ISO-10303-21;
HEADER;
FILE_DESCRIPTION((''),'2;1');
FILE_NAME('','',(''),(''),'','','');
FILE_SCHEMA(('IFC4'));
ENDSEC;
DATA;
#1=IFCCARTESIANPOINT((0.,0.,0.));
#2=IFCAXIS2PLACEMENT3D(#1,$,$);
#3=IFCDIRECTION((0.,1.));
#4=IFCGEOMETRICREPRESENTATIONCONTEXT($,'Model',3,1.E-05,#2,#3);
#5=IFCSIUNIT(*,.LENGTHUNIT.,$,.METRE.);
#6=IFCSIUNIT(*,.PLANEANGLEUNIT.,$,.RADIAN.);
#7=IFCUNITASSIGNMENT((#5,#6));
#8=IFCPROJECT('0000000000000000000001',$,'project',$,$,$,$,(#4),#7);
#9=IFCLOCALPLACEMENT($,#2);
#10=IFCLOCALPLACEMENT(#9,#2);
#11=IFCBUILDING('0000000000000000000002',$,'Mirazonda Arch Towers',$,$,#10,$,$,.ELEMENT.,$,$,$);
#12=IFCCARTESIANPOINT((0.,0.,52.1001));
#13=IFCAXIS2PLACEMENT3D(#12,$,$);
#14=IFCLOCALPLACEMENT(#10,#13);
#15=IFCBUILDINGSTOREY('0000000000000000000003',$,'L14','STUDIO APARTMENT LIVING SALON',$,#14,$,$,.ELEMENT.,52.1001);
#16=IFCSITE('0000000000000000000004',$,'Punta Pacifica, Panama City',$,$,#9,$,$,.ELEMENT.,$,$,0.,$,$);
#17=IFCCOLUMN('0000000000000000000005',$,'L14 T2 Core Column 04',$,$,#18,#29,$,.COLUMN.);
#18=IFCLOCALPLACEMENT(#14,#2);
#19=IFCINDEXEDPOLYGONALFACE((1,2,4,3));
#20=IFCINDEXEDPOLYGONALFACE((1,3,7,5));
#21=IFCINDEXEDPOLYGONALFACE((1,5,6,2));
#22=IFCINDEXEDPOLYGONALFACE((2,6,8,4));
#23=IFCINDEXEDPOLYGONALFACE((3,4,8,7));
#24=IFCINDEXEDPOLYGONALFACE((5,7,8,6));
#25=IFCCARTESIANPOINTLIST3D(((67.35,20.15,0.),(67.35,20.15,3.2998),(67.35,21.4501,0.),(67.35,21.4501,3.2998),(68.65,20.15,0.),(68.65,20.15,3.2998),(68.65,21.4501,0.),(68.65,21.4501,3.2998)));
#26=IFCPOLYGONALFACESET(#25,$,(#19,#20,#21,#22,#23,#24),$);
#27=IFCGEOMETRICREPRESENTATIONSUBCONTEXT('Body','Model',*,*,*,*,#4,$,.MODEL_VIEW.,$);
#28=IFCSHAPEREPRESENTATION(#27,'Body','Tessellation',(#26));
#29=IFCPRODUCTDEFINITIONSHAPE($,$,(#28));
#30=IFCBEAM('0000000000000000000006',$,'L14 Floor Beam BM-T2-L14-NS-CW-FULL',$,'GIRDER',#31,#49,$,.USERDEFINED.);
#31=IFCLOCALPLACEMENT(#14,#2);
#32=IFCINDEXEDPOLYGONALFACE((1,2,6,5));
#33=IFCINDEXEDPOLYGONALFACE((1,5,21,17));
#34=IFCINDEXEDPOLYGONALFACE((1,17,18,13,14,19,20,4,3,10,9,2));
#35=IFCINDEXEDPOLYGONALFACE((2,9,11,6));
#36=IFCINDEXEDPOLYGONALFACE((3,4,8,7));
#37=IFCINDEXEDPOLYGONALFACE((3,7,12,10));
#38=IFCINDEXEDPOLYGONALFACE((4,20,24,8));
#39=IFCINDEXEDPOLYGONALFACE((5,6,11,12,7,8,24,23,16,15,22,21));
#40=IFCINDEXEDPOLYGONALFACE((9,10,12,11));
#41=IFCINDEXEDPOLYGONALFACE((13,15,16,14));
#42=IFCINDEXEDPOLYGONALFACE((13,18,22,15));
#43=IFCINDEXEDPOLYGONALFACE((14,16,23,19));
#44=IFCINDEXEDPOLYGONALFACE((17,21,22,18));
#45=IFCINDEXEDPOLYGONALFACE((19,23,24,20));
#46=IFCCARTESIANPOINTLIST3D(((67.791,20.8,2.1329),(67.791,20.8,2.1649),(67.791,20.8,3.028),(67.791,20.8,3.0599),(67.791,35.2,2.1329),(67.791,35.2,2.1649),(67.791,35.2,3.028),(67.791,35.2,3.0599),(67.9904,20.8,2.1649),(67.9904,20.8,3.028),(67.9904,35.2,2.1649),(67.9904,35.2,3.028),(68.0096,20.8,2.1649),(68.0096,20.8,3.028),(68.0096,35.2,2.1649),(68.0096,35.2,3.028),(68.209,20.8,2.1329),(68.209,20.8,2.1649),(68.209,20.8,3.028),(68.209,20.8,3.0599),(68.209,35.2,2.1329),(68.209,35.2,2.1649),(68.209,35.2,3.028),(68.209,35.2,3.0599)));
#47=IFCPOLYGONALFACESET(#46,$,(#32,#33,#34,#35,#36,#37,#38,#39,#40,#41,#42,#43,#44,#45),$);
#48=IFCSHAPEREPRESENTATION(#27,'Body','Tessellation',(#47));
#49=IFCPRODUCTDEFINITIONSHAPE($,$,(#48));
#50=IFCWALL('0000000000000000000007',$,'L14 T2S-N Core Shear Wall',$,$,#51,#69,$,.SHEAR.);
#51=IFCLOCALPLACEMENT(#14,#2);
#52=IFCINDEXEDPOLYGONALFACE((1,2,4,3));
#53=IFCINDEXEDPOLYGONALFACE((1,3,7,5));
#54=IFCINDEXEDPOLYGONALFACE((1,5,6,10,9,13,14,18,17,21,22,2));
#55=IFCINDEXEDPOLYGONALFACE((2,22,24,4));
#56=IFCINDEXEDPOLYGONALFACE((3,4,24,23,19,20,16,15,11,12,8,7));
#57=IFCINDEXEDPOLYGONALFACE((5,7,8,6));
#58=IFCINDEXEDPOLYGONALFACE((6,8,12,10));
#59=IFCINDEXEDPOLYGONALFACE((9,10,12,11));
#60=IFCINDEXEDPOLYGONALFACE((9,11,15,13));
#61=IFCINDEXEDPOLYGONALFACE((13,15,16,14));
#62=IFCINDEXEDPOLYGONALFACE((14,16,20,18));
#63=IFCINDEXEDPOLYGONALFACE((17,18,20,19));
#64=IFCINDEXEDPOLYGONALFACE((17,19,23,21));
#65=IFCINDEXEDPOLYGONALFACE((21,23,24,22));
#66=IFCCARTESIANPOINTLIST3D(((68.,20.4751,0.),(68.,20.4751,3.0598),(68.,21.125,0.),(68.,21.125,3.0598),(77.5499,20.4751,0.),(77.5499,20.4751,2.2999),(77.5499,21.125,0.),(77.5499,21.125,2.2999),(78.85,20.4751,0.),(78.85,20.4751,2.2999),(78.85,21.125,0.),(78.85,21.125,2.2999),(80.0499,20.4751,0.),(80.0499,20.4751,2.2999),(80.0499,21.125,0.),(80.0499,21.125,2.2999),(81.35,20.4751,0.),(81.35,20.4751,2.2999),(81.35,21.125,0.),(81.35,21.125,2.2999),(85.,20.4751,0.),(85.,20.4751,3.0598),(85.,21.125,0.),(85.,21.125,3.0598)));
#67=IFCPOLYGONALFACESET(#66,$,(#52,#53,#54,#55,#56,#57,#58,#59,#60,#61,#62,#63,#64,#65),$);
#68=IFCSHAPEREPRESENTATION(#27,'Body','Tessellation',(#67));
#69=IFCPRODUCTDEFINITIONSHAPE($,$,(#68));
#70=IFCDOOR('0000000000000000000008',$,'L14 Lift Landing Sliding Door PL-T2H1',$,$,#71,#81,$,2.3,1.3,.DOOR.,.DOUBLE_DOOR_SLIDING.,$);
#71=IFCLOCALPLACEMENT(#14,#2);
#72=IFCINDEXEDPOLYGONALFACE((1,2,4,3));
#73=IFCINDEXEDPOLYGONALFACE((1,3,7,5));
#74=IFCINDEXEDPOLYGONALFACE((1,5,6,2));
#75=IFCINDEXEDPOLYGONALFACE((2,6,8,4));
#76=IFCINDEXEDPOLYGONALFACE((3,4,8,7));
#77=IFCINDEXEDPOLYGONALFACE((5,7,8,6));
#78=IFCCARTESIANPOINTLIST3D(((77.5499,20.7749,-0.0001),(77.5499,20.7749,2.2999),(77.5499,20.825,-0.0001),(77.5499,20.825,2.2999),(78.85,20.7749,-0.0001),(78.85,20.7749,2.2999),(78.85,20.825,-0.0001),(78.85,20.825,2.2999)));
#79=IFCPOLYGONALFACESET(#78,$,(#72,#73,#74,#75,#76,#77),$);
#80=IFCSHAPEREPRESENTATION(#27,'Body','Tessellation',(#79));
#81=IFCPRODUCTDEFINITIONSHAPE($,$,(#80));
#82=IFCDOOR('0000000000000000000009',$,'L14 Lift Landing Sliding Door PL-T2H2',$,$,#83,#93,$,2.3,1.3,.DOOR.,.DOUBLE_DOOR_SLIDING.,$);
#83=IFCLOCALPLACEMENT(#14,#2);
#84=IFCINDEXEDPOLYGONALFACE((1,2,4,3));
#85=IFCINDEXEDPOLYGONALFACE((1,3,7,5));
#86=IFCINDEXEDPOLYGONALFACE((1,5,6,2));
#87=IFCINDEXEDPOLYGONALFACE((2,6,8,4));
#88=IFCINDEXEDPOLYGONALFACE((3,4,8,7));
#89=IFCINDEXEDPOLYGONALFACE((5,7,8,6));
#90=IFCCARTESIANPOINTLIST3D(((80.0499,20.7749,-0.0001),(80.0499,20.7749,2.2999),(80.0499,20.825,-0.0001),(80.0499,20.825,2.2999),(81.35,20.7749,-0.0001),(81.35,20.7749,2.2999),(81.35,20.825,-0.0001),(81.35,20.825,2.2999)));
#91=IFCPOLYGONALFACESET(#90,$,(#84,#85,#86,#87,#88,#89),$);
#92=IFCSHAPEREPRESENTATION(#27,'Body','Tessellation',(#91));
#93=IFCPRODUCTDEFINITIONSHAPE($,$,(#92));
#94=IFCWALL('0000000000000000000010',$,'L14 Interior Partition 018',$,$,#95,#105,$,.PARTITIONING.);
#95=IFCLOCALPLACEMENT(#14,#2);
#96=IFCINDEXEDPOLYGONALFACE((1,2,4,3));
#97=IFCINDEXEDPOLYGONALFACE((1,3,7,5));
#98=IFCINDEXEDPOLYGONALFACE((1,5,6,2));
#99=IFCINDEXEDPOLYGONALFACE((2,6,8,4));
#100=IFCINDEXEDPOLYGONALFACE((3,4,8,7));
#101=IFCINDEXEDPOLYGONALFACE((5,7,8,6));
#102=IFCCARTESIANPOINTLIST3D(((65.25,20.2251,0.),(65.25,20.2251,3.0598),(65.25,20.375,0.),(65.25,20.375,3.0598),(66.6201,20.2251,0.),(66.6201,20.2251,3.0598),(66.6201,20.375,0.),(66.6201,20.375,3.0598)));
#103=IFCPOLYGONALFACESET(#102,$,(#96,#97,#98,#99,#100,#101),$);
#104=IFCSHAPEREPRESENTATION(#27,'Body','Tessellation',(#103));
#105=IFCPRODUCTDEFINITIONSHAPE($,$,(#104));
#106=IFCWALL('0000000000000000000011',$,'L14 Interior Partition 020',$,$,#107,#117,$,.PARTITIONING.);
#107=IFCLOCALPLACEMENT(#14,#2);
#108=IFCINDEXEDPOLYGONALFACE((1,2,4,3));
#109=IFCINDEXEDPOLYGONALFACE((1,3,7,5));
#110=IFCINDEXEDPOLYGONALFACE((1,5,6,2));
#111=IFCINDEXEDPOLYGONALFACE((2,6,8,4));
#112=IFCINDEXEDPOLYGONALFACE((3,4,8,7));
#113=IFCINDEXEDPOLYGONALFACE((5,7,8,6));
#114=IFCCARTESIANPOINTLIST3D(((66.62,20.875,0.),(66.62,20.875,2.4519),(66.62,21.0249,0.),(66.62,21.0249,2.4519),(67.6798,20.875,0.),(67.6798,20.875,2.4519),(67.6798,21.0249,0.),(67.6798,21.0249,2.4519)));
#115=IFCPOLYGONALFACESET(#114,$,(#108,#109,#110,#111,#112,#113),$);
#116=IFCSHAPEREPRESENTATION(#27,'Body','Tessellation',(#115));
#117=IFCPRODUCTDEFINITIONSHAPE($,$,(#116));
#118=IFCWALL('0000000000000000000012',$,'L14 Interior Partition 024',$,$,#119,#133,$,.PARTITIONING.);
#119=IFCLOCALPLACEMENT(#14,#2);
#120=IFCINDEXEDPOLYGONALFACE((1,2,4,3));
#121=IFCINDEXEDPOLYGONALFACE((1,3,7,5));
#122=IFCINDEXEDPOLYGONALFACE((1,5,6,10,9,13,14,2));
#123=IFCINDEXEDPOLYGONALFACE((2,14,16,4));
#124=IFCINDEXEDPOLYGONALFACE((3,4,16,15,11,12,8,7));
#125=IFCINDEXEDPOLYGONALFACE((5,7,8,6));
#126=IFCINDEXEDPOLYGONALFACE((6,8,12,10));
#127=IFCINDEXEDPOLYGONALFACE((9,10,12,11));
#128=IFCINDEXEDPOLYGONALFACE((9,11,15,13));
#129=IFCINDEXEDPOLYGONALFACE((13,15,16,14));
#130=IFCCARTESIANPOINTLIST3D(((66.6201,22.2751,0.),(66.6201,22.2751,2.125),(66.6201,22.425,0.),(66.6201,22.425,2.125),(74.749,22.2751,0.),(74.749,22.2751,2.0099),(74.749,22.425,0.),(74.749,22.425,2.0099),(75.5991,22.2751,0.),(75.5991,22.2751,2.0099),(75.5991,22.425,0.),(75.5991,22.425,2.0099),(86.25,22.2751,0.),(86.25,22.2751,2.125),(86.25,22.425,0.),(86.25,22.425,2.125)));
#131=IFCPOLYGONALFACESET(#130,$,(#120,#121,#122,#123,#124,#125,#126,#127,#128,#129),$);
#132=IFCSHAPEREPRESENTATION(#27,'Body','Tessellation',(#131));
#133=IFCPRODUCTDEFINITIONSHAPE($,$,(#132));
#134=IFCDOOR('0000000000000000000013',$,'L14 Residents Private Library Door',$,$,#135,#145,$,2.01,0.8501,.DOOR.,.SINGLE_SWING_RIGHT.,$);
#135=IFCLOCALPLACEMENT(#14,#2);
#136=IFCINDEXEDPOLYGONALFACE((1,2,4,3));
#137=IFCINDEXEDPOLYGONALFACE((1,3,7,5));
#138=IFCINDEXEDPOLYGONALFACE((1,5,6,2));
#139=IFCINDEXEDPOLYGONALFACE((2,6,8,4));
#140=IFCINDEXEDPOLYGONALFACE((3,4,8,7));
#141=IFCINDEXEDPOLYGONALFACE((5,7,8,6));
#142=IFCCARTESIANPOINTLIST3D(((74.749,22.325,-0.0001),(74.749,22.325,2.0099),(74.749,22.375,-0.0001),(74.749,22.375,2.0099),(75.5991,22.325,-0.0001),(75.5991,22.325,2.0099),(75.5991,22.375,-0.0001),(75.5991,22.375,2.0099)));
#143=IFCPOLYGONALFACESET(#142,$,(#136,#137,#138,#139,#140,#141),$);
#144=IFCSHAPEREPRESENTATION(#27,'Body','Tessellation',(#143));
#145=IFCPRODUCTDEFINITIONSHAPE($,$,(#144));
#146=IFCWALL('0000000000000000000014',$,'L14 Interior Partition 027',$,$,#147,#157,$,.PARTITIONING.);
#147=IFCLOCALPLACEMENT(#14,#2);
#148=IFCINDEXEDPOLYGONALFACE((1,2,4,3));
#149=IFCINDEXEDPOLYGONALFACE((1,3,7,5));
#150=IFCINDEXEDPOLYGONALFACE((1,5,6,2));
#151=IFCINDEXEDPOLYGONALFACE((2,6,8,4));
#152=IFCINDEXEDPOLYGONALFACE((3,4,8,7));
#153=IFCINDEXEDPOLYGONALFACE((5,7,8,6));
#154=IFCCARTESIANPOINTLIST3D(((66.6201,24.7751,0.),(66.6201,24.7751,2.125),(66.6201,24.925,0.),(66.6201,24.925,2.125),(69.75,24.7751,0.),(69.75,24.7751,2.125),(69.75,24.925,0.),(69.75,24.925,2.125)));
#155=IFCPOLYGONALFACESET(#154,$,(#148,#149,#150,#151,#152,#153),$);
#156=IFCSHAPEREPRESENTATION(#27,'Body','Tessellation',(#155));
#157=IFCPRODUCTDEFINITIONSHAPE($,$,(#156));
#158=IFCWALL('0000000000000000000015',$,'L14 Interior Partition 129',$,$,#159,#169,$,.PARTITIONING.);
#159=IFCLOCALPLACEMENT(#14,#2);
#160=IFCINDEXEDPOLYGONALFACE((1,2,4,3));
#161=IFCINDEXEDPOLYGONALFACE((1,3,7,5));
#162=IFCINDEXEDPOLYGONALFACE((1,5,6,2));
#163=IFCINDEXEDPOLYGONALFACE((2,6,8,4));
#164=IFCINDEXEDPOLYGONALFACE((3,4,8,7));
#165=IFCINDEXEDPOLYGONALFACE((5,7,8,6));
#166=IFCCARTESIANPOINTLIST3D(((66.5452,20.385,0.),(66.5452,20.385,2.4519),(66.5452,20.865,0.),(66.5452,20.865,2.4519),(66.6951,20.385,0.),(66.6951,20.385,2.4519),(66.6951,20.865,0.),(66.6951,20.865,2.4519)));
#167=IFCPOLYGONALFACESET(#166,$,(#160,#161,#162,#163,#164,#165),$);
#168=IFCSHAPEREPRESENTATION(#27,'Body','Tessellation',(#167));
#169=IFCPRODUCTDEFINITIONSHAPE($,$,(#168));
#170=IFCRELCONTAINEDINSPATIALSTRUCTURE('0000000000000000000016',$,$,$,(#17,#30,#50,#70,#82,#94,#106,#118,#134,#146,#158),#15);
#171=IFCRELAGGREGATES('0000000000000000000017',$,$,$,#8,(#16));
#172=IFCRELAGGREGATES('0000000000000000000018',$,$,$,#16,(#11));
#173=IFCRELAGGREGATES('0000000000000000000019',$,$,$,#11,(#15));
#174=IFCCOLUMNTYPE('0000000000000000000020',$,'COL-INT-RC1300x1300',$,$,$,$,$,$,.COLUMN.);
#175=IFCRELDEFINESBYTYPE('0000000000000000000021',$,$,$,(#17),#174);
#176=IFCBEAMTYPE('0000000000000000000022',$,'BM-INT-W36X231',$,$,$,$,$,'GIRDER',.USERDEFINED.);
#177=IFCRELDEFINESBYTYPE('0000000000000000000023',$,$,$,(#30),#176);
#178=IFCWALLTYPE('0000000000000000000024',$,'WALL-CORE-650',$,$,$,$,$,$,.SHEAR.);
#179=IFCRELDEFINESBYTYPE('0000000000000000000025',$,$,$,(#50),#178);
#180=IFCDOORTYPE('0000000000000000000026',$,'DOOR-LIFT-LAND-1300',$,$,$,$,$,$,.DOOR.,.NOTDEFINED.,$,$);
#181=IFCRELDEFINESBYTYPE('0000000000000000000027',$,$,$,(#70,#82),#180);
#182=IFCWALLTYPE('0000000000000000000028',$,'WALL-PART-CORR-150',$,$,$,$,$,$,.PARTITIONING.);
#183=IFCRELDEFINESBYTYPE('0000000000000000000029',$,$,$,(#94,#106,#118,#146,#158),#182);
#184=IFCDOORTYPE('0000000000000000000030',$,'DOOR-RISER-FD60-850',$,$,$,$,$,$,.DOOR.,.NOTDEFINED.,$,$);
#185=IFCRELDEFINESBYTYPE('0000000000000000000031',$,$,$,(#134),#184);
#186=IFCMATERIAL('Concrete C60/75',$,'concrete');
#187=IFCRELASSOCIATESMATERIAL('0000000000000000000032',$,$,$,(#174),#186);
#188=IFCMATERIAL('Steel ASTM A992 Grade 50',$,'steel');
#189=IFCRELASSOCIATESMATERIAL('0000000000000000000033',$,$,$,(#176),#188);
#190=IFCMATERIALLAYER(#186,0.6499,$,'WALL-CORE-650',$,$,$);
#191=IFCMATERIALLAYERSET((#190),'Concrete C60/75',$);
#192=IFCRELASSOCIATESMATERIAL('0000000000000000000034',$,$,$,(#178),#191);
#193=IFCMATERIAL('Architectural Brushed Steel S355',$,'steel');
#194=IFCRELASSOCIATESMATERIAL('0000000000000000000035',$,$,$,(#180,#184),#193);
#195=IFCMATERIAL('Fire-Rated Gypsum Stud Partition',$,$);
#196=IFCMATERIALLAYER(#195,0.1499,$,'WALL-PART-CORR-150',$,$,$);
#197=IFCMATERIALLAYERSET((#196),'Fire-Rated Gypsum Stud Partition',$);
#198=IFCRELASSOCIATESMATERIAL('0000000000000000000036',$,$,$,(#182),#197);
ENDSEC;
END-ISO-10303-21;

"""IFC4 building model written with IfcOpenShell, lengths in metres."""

from ifc_helpers import new_model, si_unit, direction, frame, frame_2d, origin, origin_2d, place, context, subcontext, project, spatial, rectangle, i_section, extrude, material, layer, layer_set, material_profile, profile_set, type_object, element, fill, save


model = new_model("IFC4")

# Units and contexts
model_context = context("Model", 3, precision=1e-05, world=origin(), true_north=direction((0.0, 1.0)))
body_context = subcontext(model_context, "Body", "Model", "MODEL_VIEW")
ifc_project = project(units=[si_unit("LENGTHUNIT", "METRE"), si_unit("PLANEANGLEUNIT", "RADIAN")], contexts=[model_context])

# Site, building, storey
site_placement = place(None, origin())
site = spatial("IfcSite", under=ifc_project, at=site_placement, Name="Punta Pacifica, Panama City", CompositionType="ELEMENT", RefElevation=0.0)
building_placement = place(site_placement, origin())
building = spatial("IfcBuilding", under=site, at=building_placement, Name="Mirazonda Arch Towers", CompositionType="ELEMENT")
storey_placement = place(building_placement, frame((0.0, 0.0, 52.1001)))
storey = spatial("IfcBuildingStorey", under=building, at=storey_placement, Name="L14", Description="STUDIO APARTMENT LIVING SALON", CompositionType="ELEMENT", Elevation=52.1001)

# Column
ifc_material_1 = material(Name="Concrete C60/75", Category="concrete")
ifc_material_profile_1 = material_profile(ifc_material_1, rectangle(XDim=1.3, YDim=1.3, at=origin_2d()), Name="RC1300x1300")
ifc_profile_set_1 = profile_set([ifc_material_profile_1], Name="Concrete C60/75")
column_type = type_object("IfcColumnType", Name="COL-INT-RC1300x1300", PredefinedType="COLUMN", material=ifc_profile_set_1)
column_placement = place(storey_placement, frame((68.0, 20.8, 0.0), z_axis=(0.0, 0.0, 1.0), x_axis=(1.0, 0.0, 0.0)))
element("IfcColumn", 1, at=column_placement, inside=storey, type_object=column_type, Name="L14 T2 Core Column 04", PredefinedType="COLUMN", context=body_context, shape_type="SweptSolid", body=[
    extrude(rectangle(XDim=1.3, YDim=1.3, at=origin_2d()), origin(), (0.0, 0.0, 1.0), 3.2998),
])

# Beam
ifc_material_2 = material(Name="Steel ASTM A992 Grade 50", Category="steel")
ifc_material_profile_2 = material_profile(ifc_material_2, i_section(OverallWidth=0.418, OverallDepth=0.927, WebThickness=0.0193, FlangeThickness=0.032, at=origin_2d()), Name="W36X231")
ifc_profile_set_2 = profile_set([ifc_material_profile_2], Name="Steel ASTM A992 Grade 50")
beam_type = type_object("IfcBeamType", Name="BM-INT-W36X231", ElementType="GIRDER", PredefinedType="USERDEFINED", material=ifc_profile_set_2)
beam_placement = place(storey_placement, frame((68.0, 20.8, 2.5964), z_axis=(0.0, 1.0, 0.0), x_axis=(-1.0, 0.0, 0.0)))
element("IfcBeam", 2, at=beam_placement, inside=storey, type_object=beam_type, Name="L14 Floor Beam BM-T2-L14-NS-CW-FULL", ObjectType="GIRDER", PredefinedType="USERDEFINED", context=body_context, shape_type="SweptSolid", body=[
    extrude(i_section(OverallWidth=0.418, OverallDepth=0.927, WebThickness=0.0193, FlangeThickness=0.032, at=origin_2d()), origin(), (0.0, 0.0, 1.0), 14.3999),
])

# Wall, openings, doors
ifc_layer_1 = layer(ifc_material_1, 0.6499, Name="WALL-CORE-650")
ifc_layer_set_1 = layer_set([ifc_layer_1], Name="Concrete C60/75")
wall_type_1 = type_object("IfcWallType", Name="WALL-CORE-650", PredefinedType="SHEAR", material=ifc_layer_set_1)
wall_1_placement = place(storey_placement, frame((68.0, 20.8, 0.0), z_axis=(0.0, 0.0, 1.0), x_axis=(1.0, 0.0, 0.0)))
wall_1 = element("IfcWall", 3, at=wall_1_placement, inside=storey, type_object=wall_type_1, Name="L14 T2S-N Core Shear Wall", PredefinedType="SHEAR", context=body_context, shape_type="SweptSolid", body=[
    extrude(rectangle(XDim=17.0, YDim=0.6499, at=frame_2d((8.5, 0.0))), origin(), (0.0, 0.0, 1.0), 3.0598),
])
opening_1_placement = place(wall_1_placement, frame((9.55, 0.0, 0.0)))
opening_1 = element("IfcOpeningElement", 4, at=opening_1_placement, cuts=wall_1, PredefinedType="OPENING", context=body_context, shape_type="SweptSolid", body=[
    extrude(rectangle(XDim=1.3, YDim=2.3, at=frame_2d((0.6499, 1.1499))), frame((0.0, 0.335, 0.0), z_axis=(0.0, -1.0, 0.0), x_axis=(1.0, 0.0, 0.0)), (0.0, 0.0, 1.0), 0.6699),
])
opening_2_placement = place(wall_1_placement, frame((12.05, 0.0, 0.0)))
opening_2 = element("IfcOpeningElement", 5, at=opening_2_placement, cuts=wall_1, PredefinedType="OPENING", context=body_context, shape_type="SweptSolid", body=[
    extrude(rectangle(XDim=1.3, YDim=2.3, at=frame_2d((0.6499, 1.1499))), frame((0.0, 0.335, 0.0), z_axis=(0.0, -1.0, 0.0), x_axis=(1.0, 0.0, 0.0)), (0.0, 0.0, 1.0), 0.6699),
])
ifc_material_3 = material(Name="Architectural Brushed Steel S355", Category="steel")
door_type_1 = type_object("IfcDoorType", Name="DOOR-LIFT-LAND-1300", OperationType="NOTDEFINED", PredefinedType="DOOR", material=ifc_material_3)
door_1_placement = place(opening_1_placement, origin())
door_1 = element("IfcDoor", 6, at=door_1_placement, inside=storey, type_object=door_type_1, Name="L14 Lift Landing Sliding Door PL-T2H1", OperationType="DOUBLE_DOOR_SLIDING", OverallHeight=2.3, OverallWidth=1.3, PredefinedType="DOOR", context=body_context, shape_type="SweptSolid", body=[
    extrude(rectangle(XDim=1.3, YDim=2.3, at=frame_2d((0.6499, 1.1499))), frame((0.0, 0.0249, 0.0), z_axis=(0.0, -1.0, 0.0), x_axis=(1.0, 0.0, 0.0)), (0.0, 0.0, 1.0), 0.05),
])
fill(opening_1, door_1)
door_2_placement = place(opening_2_placement, origin())
door_2 = element("IfcDoor", 7, at=door_2_placement, inside=storey, type_object=door_type_1, Name="L14 Lift Landing Sliding Door PL-T2H2", OperationType="DOUBLE_DOOR_SLIDING", OverallHeight=2.3, OverallWidth=1.3, PredefinedType="DOOR", context=body_context, shape_type="SweptSolid", body=[
    extrude(rectangle(XDim=1.3, YDim=2.3, at=frame_2d((0.6499, 1.1499))), frame((0.0, 0.0249, 0.0), z_axis=(0.0, -1.0, 0.0), x_axis=(1.0, 0.0, 0.0)), (0.0, 0.0, 1.0), 0.05),
])
fill(opening_2, door_2)

# Walls
ifc_material_4 = material(Name="Fire-Rated Gypsum Stud Partition")
ifc_layer_2 = layer(ifc_material_4, 0.1499, Name="WALL-PART-CORR-150")
ifc_layer_set_2 = layer_set([ifc_layer_2], Name="Fire-Rated Gypsum Stud Partition")
wall_type_2 = type_object("IfcWallType", Name="WALL-PART-CORR-150", PredefinedType="PARTITIONING", material=ifc_layer_set_2)
wall_2_placement = place(storey_placement, frame((65.25, 20.3, 0.0), z_axis=(0.0, 0.0, 1.0), x_axis=(1.0, 0.0, 0.0)))
element("IfcWall", 8, at=wall_2_placement, inside=storey, type_object=wall_type_2, Name="L14 Interior Partition 018", PredefinedType="PARTITIONING", context=body_context, shape_type="SweptSolid", body=[
    extrude(rectangle(XDim=1.3701, YDim=0.1499, at=frame_2d((0.6851, 0.0))), origin(), (0.0, 0.0, 1.0), 3.0598),
])
wall_3_placement = place(storey_placement, frame((66.6201, 20.95, 0.0), z_axis=(0.0, 0.0, 1.0), x_axis=(1.0, 0.0, 0.0)))
element("IfcWall", 9, at=wall_3_placement, inside=storey, type_object=wall_type_2, Name="L14 Interior Partition 020", PredefinedType="PARTITIONING", context=body_context, shape_type="SweptSolid", body=[
    extrude(rectangle(XDim=1.0598, YDim=0.1499, at=frame_2d((0.5298, 0.0))), origin(), (0.0, 0.0, 1.0), 2.4519),
])

# Wall, opening, door
wall_4_placement = place(storey_placement, frame((66.6201, 22.3501, 0.0), z_axis=(0.0, 0.0, 1.0), x_axis=(1.0, 0.0, 0.0)))
wall_4 = element("IfcWall", 10, at=wall_4_placement, inside=storey, type_object=wall_type_2, Name="L14 Interior Partition 024", PredefinedType="PARTITIONING", context=body_context, shape_type="SweptSolid", body=[
    extrude(rectangle(XDim=19.6299, YDim=0.1499, at=frame_2d((9.8149, 0.0))), origin(), (0.0, 0.0, 1.0), 2.125),
])
opening_3_placement = place(wall_4_placement, frame((8.1289, 0.0, 0.0)))
opening_3 = element("IfcOpeningElement", 11, at=opening_3_placement, cuts=wall_4, PredefinedType="OPENING", context=body_context, shape_type="SweptSolid", body=[
    extrude(rectangle(XDim=0.8501, YDim=2.01, at=frame_2d((0.425, 1.0049))), frame((0.0, 0.085, 0.0), z_axis=(0.0, -1.0, 0.0), x_axis=(1.0, 0.0, 0.0)), (0.0, 0.0, 1.0), 0.1699),
])
door_type_2 = type_object("IfcDoorType", Name="DOOR-RISER-FD60-850", OperationType="NOTDEFINED", PredefinedType="DOOR", material=ifc_material_3)
door_3_placement = place(opening_3_placement, origin())
door_3 = element("IfcDoor", 12, at=door_3_placement, inside=storey, type_object=door_type_2, Name="L14 Residents Private Library Door", OperationType="SINGLE_SWING_RIGHT", OverallHeight=2.01, OverallWidth=0.8501, PredefinedType="DOOR", context=body_context, shape_type="SweptSolid", body=[
    extrude(rectangle(XDim=0.8501, YDim=2.01, at=frame_2d((0.425, 1.0049))), frame((0.0, 0.0249, 0.0), z_axis=(0.0, -1.0, 0.0), x_axis=(1.0, 0.0, 0.0)), (0.0, 0.0, 1.0), 0.05),
])
fill(opening_3, door_3)

# Walls
wall_5_placement = place(storey_placement, frame((66.6201, 24.8501, 0.0), z_axis=(0.0, 0.0, 1.0), x_axis=(1.0, 0.0, 0.0)))
element("IfcWall", 13, at=wall_5_placement, inside=storey, type_object=wall_type_2, Name="L14 Interior Partition 027", PredefinedType="PARTITIONING", context=body_context, shape_type="SweptSolid", body=[
    extrude(rectangle(XDim=3.1299, YDim=0.1499, at=frame_2d((1.5649, 0.0))), origin(), (0.0, 0.0, 1.0), 2.125),
])
wall_6_placement = place(storey_placement, frame((66.6201, 20.385, 0.0), z_axis=(0.0, 0.0, 1.0), x_axis=(0.0, 1.0, 0.0)))
element("IfcWall", 14, at=wall_6_placement, inside=storey, type_object=wall_type_2, Name="L14 Interior Partition 129", PredefinedType="PARTITIONING", context=body_context, shape_type="SweptSolid", body=[
    extrude(rectangle(XDim=0.48, YDim=0.1499, at=frame_2d((0.24, 0.0))), origin(), (0.0, 0.0, 1.0), 2.4519),
])

save(model, "model.ifc")
